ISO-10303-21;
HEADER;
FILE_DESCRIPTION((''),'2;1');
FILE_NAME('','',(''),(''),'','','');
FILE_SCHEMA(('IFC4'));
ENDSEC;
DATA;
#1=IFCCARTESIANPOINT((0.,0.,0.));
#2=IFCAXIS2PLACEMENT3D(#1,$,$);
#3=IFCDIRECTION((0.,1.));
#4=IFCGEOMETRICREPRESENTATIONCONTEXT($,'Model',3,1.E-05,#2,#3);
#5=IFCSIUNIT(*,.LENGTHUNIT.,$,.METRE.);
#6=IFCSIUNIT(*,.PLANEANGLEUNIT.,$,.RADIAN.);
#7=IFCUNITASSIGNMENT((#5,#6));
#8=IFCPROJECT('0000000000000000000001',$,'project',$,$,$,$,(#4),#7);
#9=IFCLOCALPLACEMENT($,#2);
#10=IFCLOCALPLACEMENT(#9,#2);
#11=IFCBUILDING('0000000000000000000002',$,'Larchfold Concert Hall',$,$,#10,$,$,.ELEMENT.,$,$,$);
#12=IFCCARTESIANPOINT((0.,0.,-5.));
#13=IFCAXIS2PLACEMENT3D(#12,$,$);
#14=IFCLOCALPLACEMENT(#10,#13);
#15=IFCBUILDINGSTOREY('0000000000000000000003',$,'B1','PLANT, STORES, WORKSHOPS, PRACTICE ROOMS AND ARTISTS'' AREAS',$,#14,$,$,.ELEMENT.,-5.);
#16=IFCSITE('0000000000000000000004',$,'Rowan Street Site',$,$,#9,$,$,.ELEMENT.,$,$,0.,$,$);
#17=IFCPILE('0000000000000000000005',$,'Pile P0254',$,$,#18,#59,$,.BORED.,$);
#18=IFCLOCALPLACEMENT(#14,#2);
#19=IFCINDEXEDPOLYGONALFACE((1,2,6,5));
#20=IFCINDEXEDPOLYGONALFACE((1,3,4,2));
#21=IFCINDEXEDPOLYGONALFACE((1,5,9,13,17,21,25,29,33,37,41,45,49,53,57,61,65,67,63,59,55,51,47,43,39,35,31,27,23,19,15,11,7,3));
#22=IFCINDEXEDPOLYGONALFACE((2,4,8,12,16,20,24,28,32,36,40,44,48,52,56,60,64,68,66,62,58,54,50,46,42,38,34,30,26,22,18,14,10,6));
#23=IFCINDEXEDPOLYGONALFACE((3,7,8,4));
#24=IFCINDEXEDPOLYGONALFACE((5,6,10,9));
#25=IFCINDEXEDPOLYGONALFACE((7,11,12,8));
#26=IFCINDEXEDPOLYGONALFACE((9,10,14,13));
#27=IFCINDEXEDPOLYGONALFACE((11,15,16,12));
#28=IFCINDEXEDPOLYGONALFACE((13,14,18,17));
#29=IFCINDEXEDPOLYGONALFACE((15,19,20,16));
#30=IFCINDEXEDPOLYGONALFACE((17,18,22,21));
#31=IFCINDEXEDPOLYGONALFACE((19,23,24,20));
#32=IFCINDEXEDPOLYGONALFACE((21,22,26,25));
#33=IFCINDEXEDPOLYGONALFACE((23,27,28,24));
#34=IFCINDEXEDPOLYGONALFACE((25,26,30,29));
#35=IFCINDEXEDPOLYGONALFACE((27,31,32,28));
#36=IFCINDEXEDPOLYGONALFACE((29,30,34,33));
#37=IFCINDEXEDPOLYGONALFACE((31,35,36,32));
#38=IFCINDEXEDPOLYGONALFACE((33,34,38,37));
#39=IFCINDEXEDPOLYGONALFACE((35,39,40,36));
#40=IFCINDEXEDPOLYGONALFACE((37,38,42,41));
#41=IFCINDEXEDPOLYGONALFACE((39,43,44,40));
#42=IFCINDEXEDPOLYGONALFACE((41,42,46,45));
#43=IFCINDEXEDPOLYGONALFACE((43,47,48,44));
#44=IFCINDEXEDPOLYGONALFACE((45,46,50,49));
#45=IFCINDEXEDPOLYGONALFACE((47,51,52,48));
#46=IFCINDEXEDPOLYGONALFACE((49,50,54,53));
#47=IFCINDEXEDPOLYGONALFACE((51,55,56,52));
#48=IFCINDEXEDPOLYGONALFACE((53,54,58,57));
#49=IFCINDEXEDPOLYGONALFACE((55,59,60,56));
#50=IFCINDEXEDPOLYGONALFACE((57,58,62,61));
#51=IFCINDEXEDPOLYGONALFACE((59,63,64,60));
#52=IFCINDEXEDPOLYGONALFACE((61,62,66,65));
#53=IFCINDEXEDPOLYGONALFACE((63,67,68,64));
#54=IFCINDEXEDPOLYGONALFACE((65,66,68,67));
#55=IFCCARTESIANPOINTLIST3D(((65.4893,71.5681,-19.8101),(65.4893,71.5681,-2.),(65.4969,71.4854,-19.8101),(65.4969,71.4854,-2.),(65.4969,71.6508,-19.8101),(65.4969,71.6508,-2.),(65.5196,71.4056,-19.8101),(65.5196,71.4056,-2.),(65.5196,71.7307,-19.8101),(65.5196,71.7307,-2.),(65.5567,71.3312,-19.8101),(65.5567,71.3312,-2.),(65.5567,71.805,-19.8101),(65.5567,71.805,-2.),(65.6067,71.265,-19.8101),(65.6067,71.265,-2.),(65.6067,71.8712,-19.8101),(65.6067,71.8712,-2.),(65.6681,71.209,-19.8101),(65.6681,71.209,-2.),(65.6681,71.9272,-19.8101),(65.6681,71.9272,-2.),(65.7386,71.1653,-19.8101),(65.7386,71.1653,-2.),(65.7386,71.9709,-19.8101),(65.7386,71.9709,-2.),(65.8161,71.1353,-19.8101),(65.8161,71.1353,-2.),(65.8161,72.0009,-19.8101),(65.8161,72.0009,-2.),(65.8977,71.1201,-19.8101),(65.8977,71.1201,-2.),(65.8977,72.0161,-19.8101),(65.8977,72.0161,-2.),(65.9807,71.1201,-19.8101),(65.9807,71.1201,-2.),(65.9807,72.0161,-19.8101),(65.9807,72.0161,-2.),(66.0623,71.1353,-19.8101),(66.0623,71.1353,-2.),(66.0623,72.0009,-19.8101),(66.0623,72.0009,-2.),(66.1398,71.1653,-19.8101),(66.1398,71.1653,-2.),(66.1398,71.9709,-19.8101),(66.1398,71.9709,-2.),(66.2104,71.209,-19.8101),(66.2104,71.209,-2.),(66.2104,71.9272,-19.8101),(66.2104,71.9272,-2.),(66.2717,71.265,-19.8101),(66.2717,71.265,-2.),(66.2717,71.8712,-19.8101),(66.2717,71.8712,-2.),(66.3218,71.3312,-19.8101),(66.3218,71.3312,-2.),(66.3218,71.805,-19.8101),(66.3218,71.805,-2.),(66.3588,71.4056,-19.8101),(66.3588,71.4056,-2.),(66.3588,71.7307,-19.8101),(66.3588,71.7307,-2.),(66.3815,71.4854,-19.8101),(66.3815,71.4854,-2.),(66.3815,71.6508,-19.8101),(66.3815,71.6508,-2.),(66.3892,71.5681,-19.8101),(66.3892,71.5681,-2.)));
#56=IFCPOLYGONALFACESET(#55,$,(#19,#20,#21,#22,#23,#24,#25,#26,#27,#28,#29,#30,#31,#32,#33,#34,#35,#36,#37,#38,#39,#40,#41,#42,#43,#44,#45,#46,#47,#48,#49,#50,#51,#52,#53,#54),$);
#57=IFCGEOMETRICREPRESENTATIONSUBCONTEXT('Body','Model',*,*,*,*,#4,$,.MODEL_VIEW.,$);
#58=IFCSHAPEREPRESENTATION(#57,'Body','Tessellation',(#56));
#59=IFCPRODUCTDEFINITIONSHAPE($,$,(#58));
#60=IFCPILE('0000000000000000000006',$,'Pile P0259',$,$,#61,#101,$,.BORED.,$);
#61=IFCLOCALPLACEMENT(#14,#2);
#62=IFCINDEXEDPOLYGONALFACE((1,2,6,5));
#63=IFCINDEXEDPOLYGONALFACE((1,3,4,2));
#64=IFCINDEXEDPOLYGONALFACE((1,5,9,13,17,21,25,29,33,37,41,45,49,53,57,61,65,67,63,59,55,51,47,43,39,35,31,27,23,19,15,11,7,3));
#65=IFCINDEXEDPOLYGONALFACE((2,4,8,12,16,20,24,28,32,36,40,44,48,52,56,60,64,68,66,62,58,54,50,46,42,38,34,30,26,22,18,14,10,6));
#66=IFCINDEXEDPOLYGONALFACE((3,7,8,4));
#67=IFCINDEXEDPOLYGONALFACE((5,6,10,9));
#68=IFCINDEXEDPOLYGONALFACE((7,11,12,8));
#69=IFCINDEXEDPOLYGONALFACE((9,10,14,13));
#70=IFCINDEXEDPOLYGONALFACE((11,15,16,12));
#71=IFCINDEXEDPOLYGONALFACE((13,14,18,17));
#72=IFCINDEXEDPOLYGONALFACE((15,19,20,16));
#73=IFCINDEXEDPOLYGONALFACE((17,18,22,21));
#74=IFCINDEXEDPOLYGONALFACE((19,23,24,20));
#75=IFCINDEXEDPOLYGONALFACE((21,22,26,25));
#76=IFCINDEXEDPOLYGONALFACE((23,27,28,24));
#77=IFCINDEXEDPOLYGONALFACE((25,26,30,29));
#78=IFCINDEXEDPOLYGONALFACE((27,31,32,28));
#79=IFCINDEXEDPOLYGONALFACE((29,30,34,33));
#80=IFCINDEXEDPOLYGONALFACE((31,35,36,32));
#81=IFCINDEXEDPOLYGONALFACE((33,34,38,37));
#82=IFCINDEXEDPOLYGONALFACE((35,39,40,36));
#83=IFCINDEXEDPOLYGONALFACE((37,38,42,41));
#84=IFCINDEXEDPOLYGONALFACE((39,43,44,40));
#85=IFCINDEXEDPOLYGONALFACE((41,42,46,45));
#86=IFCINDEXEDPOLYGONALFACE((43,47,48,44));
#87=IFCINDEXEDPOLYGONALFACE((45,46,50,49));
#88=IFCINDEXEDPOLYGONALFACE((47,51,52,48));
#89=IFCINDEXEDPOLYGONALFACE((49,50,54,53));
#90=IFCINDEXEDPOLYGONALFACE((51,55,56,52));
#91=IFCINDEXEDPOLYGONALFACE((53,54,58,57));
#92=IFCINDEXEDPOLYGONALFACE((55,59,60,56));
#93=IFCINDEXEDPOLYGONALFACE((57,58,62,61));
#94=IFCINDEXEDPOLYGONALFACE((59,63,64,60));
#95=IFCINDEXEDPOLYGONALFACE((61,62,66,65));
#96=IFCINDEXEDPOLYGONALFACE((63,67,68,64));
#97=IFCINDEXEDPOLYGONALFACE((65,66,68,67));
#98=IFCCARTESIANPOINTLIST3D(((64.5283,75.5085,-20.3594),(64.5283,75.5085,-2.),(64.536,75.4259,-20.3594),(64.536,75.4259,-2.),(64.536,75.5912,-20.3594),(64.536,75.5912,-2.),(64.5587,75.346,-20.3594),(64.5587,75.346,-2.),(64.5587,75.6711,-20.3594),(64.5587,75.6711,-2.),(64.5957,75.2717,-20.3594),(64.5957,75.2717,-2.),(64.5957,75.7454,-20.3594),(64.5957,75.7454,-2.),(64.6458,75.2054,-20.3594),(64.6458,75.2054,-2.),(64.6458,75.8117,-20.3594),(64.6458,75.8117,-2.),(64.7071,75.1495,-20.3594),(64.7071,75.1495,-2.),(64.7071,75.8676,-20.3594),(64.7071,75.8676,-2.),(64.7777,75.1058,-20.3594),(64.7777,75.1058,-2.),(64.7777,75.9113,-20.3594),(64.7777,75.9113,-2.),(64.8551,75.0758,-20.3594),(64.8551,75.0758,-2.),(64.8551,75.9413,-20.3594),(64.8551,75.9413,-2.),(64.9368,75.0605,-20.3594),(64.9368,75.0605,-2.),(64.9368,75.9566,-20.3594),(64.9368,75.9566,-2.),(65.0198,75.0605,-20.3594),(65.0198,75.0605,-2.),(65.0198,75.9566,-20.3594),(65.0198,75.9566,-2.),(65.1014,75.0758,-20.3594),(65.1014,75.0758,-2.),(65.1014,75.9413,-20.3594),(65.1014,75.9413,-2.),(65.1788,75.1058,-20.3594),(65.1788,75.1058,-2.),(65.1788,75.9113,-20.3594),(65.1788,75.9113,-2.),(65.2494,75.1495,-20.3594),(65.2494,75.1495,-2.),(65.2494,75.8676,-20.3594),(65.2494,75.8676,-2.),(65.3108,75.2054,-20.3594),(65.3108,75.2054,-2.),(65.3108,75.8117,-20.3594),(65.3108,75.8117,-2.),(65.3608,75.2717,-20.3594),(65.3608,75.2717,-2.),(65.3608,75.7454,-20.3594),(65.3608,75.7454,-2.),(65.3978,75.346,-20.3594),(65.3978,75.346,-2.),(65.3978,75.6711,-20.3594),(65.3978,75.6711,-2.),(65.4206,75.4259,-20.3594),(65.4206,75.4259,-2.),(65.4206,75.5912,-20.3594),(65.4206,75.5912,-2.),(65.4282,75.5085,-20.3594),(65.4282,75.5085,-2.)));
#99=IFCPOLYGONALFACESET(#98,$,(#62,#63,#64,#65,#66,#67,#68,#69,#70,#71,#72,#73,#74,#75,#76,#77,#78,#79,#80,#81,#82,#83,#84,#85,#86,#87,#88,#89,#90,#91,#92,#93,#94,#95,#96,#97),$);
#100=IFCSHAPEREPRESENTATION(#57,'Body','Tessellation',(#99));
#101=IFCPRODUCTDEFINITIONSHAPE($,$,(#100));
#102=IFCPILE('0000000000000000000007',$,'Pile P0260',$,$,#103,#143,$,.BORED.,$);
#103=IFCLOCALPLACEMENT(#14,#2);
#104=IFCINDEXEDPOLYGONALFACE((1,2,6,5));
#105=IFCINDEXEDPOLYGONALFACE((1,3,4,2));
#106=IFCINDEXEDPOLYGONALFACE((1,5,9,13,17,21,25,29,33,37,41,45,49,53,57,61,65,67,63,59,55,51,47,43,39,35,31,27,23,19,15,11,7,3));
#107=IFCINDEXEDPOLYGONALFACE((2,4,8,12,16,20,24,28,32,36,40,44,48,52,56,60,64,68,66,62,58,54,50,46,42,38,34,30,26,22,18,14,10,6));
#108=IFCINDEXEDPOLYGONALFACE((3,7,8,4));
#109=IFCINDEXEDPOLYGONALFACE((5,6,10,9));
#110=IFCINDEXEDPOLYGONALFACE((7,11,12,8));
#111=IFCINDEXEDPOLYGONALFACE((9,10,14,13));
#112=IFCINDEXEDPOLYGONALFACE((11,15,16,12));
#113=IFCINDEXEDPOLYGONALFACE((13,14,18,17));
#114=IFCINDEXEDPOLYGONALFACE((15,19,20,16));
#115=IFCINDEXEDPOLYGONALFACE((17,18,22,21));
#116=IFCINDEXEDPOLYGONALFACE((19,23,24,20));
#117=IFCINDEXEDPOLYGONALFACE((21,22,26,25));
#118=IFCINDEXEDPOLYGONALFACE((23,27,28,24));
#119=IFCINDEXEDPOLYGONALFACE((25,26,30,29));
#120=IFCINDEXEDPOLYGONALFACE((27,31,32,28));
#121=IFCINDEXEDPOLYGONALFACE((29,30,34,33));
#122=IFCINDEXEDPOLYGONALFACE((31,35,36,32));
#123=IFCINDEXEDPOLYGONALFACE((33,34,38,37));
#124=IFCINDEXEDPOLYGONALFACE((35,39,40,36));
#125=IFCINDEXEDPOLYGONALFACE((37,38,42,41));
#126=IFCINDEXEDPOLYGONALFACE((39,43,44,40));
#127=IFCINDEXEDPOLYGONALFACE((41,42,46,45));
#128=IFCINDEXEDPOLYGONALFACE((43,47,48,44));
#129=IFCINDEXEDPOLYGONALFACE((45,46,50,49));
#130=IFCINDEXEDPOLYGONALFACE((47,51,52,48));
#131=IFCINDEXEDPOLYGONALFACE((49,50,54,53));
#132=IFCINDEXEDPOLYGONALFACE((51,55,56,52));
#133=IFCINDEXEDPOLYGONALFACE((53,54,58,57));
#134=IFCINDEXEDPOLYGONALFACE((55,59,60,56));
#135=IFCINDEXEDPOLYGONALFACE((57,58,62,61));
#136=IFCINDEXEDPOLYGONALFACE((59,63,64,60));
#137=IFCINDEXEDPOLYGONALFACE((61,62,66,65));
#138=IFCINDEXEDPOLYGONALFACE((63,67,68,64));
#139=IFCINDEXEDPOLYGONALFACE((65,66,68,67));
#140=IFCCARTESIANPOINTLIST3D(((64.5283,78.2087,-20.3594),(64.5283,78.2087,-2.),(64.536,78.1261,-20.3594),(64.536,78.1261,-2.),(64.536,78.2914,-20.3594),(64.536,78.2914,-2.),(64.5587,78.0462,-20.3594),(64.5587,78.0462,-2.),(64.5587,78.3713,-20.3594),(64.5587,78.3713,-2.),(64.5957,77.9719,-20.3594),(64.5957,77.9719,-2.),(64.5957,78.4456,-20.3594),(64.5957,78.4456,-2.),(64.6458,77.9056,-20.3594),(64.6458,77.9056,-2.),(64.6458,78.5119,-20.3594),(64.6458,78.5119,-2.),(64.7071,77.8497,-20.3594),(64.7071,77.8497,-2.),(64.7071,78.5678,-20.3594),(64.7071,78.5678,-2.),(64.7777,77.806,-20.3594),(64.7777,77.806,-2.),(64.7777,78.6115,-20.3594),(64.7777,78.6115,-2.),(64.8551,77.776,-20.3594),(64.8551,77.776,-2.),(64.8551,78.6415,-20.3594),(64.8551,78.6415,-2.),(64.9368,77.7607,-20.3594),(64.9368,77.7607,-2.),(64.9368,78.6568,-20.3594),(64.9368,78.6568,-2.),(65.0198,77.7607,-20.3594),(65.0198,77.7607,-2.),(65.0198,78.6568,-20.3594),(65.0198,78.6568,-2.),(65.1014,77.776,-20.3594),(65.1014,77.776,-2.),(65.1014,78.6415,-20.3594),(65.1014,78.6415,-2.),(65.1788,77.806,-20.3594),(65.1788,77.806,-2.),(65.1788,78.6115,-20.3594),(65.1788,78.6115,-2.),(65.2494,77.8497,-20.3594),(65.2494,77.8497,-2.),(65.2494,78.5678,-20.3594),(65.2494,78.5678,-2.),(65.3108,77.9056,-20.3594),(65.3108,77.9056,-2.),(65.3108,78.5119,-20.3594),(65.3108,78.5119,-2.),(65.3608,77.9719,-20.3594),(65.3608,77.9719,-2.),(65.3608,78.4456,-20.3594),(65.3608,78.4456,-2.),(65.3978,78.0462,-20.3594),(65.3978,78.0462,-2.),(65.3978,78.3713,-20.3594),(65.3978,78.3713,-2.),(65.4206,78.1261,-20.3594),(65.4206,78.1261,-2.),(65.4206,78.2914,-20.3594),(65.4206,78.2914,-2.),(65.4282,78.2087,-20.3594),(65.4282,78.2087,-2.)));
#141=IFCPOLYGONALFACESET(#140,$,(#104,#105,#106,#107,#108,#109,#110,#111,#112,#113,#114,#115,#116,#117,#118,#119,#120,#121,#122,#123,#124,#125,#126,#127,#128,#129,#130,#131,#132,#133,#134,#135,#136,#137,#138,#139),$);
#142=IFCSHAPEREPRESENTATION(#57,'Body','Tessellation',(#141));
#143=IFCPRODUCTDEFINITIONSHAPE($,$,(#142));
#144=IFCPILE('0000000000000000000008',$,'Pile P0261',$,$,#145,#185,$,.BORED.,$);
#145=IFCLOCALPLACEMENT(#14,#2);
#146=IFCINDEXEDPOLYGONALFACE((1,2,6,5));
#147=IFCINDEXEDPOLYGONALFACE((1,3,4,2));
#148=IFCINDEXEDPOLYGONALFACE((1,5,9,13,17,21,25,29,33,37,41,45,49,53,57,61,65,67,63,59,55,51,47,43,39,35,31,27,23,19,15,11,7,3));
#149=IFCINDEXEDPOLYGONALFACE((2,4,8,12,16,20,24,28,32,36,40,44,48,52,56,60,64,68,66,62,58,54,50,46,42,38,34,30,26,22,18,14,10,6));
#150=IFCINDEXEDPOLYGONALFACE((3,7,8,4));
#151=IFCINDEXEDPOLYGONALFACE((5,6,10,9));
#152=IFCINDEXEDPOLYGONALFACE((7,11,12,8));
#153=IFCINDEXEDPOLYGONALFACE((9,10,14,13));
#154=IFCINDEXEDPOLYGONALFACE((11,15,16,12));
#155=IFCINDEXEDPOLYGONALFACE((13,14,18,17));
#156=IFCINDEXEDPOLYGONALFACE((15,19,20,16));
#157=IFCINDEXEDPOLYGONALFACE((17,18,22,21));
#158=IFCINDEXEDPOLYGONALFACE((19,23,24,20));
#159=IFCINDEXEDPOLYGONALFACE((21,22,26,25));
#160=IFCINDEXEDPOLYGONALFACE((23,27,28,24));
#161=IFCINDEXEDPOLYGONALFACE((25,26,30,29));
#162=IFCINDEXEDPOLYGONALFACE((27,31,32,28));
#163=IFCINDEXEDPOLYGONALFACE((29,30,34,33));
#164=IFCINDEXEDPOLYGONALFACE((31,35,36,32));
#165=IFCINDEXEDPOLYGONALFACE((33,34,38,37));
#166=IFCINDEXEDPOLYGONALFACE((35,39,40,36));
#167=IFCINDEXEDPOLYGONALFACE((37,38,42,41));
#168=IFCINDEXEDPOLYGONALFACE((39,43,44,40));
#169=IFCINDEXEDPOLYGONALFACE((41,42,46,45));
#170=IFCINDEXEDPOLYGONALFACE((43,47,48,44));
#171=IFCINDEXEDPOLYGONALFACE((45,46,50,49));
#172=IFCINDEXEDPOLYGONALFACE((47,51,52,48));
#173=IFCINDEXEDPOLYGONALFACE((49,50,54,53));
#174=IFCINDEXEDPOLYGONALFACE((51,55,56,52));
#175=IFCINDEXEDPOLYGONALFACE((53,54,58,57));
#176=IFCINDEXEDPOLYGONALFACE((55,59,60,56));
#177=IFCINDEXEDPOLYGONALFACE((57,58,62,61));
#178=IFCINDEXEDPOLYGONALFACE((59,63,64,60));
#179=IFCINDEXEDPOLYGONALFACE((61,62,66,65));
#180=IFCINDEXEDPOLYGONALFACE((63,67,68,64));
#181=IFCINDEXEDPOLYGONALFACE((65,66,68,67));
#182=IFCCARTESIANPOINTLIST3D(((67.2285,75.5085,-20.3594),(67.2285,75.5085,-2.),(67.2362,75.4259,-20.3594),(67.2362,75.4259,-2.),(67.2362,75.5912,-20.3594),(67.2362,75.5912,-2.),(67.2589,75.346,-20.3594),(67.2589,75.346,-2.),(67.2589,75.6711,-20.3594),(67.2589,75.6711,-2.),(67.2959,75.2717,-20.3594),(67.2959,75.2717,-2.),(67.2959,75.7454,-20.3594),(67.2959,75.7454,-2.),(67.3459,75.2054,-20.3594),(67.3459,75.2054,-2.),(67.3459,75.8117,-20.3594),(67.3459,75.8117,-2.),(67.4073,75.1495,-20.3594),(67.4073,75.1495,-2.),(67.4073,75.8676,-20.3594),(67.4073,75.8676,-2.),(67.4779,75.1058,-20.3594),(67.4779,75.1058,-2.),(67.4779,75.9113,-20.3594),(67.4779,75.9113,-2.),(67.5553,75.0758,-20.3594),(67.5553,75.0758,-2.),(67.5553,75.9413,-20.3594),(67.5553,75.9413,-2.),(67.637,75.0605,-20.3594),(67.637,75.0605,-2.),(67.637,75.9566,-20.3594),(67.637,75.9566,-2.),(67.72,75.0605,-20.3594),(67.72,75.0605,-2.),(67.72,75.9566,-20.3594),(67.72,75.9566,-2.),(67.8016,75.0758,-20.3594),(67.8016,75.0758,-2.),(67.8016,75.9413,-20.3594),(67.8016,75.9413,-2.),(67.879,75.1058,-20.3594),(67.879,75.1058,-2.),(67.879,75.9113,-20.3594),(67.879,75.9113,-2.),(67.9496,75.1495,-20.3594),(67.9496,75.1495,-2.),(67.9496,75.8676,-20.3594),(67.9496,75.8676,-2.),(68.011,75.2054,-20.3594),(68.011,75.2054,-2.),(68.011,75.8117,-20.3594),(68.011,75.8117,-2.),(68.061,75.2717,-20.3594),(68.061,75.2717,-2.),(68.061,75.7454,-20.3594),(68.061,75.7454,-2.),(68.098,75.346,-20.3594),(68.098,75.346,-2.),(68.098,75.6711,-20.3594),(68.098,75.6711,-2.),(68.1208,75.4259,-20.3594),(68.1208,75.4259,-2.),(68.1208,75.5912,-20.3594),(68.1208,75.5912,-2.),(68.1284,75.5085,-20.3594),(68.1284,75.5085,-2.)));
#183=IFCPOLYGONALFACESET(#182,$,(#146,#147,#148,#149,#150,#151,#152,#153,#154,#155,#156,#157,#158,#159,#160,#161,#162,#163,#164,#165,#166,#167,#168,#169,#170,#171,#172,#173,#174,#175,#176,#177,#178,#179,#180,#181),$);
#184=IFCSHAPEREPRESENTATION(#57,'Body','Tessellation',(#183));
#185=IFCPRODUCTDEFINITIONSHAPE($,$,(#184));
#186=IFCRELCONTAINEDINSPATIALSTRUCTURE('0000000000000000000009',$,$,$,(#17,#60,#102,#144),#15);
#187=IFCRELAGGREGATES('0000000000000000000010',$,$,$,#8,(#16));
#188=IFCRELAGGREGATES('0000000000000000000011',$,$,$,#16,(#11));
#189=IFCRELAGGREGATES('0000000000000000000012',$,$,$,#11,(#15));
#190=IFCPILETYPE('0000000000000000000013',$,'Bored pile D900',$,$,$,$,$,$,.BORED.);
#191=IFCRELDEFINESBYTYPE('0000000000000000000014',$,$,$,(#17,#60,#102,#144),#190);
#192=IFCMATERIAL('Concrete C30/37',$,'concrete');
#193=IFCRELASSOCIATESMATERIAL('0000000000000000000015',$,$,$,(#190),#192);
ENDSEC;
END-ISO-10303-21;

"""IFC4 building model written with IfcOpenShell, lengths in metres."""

from ifc_helpers import new_model, si_unit, direction, frame, origin, origin_2d, place, context, subcontext, project, spatial, circle, extrude, material, material_profile, profile_set, type_object, element, save


model = new_model("IFC4")

# Units and contexts
model_context = context("Model", 3, precision=1e-05, world=origin(), true_north=direction((0.0, 1.0)))
body_context = subcontext(model_context, "Body", "Model", "MODEL_VIEW")
ifc_project = project(units=[si_unit("LENGTHUNIT", "METRE"), si_unit("PLANEANGLEUNIT", "RADIAN")], contexts=[model_context])

# Site, building, storey
site_placement = place(None, origin())
site = spatial("IfcSite", under=ifc_project, at=site_placement, Name="Rowan Street Site", CompositionType="ELEMENT", RefElevation=0.0)
building_placement = place(site_placement, origin())
building = spatial("IfcBuilding", under=site, at=building_placement, Name="Larchfold Concert Hall", CompositionType="ELEMENT")
storey_placement = place(building_placement, frame((0.0, 0.0, -5.0)))
storey = spatial("IfcBuildingStorey", under=building, at=storey_placement, Name="B1", Description="PLANT, STORES, WORKSHOPS, PRACTICE ROOMS AND ARTISTS' AREAS", CompositionType="ELEMENT", Elevation=-5.0)

# Piles
ifc_material_1 = material(Name="Concrete C30/37", Category="concrete")
ifc_material_profile_1 = material_profile(ifc_material_1, circle(Radius=0.45, at=origin_2d()))
ifc_profile_set_1 = profile_set([ifc_material_profile_1], Name="Concrete C30/37")
pile_type = type_object("IfcPileType", Name="Bored pile D900", PredefinedType="BORED", material=ifc_profile_set_1)
pile_placement = place(storey_placement, frame((65.9392, 71.5681, -2.0), z_axis=(0.0, 0.0, -1.0), x_axis=(1.0, 0.0, 0.0)))
element("IfcPile", 1, at=pile_placement, inside=storey, type_object=pile_type, Name="Pile P0254", PredefinedType="BORED", context=body_context, shape_type="SweptSolid", body=[
    extrude(circle(Radius=0.45, at=origin_2d()), origin(), (0.0, 0.0, 1.0), 17.8101),
])
for number, where, z_axis, x_axis, name in (
    (2, (64.9783, 75.5085, -2.0), (0.0, 0.0, -1.0), (1.0, 0.0, 0.0), "Pile P0259"),
    (3, (64.9783, 78.2087, -2.0), (0.0, 0.0, -1.0), (1.0, 0.0, 0.0), "Pile P0260"),
    (4, (67.6785, 75.5085, -2.0), (0.0, 0.0, -1.0), (1.0, 0.0, 0.0), "Pile P0261"),
):
    element("IfcPile", number, at=place(storey_placement, frame(where, z_axis=z_axis, x_axis=x_axis)), inside=storey, type_object=pile_type, Name=name, PredefinedType="BORED", context=body_context, shape_type="SweptSolid", body=[
        extrude(circle(Radius=0.45, at=origin_2d()), origin(), (0.0, 0.0, 1.0), 18.3594),
    ])

save(model, "model.ifc")
